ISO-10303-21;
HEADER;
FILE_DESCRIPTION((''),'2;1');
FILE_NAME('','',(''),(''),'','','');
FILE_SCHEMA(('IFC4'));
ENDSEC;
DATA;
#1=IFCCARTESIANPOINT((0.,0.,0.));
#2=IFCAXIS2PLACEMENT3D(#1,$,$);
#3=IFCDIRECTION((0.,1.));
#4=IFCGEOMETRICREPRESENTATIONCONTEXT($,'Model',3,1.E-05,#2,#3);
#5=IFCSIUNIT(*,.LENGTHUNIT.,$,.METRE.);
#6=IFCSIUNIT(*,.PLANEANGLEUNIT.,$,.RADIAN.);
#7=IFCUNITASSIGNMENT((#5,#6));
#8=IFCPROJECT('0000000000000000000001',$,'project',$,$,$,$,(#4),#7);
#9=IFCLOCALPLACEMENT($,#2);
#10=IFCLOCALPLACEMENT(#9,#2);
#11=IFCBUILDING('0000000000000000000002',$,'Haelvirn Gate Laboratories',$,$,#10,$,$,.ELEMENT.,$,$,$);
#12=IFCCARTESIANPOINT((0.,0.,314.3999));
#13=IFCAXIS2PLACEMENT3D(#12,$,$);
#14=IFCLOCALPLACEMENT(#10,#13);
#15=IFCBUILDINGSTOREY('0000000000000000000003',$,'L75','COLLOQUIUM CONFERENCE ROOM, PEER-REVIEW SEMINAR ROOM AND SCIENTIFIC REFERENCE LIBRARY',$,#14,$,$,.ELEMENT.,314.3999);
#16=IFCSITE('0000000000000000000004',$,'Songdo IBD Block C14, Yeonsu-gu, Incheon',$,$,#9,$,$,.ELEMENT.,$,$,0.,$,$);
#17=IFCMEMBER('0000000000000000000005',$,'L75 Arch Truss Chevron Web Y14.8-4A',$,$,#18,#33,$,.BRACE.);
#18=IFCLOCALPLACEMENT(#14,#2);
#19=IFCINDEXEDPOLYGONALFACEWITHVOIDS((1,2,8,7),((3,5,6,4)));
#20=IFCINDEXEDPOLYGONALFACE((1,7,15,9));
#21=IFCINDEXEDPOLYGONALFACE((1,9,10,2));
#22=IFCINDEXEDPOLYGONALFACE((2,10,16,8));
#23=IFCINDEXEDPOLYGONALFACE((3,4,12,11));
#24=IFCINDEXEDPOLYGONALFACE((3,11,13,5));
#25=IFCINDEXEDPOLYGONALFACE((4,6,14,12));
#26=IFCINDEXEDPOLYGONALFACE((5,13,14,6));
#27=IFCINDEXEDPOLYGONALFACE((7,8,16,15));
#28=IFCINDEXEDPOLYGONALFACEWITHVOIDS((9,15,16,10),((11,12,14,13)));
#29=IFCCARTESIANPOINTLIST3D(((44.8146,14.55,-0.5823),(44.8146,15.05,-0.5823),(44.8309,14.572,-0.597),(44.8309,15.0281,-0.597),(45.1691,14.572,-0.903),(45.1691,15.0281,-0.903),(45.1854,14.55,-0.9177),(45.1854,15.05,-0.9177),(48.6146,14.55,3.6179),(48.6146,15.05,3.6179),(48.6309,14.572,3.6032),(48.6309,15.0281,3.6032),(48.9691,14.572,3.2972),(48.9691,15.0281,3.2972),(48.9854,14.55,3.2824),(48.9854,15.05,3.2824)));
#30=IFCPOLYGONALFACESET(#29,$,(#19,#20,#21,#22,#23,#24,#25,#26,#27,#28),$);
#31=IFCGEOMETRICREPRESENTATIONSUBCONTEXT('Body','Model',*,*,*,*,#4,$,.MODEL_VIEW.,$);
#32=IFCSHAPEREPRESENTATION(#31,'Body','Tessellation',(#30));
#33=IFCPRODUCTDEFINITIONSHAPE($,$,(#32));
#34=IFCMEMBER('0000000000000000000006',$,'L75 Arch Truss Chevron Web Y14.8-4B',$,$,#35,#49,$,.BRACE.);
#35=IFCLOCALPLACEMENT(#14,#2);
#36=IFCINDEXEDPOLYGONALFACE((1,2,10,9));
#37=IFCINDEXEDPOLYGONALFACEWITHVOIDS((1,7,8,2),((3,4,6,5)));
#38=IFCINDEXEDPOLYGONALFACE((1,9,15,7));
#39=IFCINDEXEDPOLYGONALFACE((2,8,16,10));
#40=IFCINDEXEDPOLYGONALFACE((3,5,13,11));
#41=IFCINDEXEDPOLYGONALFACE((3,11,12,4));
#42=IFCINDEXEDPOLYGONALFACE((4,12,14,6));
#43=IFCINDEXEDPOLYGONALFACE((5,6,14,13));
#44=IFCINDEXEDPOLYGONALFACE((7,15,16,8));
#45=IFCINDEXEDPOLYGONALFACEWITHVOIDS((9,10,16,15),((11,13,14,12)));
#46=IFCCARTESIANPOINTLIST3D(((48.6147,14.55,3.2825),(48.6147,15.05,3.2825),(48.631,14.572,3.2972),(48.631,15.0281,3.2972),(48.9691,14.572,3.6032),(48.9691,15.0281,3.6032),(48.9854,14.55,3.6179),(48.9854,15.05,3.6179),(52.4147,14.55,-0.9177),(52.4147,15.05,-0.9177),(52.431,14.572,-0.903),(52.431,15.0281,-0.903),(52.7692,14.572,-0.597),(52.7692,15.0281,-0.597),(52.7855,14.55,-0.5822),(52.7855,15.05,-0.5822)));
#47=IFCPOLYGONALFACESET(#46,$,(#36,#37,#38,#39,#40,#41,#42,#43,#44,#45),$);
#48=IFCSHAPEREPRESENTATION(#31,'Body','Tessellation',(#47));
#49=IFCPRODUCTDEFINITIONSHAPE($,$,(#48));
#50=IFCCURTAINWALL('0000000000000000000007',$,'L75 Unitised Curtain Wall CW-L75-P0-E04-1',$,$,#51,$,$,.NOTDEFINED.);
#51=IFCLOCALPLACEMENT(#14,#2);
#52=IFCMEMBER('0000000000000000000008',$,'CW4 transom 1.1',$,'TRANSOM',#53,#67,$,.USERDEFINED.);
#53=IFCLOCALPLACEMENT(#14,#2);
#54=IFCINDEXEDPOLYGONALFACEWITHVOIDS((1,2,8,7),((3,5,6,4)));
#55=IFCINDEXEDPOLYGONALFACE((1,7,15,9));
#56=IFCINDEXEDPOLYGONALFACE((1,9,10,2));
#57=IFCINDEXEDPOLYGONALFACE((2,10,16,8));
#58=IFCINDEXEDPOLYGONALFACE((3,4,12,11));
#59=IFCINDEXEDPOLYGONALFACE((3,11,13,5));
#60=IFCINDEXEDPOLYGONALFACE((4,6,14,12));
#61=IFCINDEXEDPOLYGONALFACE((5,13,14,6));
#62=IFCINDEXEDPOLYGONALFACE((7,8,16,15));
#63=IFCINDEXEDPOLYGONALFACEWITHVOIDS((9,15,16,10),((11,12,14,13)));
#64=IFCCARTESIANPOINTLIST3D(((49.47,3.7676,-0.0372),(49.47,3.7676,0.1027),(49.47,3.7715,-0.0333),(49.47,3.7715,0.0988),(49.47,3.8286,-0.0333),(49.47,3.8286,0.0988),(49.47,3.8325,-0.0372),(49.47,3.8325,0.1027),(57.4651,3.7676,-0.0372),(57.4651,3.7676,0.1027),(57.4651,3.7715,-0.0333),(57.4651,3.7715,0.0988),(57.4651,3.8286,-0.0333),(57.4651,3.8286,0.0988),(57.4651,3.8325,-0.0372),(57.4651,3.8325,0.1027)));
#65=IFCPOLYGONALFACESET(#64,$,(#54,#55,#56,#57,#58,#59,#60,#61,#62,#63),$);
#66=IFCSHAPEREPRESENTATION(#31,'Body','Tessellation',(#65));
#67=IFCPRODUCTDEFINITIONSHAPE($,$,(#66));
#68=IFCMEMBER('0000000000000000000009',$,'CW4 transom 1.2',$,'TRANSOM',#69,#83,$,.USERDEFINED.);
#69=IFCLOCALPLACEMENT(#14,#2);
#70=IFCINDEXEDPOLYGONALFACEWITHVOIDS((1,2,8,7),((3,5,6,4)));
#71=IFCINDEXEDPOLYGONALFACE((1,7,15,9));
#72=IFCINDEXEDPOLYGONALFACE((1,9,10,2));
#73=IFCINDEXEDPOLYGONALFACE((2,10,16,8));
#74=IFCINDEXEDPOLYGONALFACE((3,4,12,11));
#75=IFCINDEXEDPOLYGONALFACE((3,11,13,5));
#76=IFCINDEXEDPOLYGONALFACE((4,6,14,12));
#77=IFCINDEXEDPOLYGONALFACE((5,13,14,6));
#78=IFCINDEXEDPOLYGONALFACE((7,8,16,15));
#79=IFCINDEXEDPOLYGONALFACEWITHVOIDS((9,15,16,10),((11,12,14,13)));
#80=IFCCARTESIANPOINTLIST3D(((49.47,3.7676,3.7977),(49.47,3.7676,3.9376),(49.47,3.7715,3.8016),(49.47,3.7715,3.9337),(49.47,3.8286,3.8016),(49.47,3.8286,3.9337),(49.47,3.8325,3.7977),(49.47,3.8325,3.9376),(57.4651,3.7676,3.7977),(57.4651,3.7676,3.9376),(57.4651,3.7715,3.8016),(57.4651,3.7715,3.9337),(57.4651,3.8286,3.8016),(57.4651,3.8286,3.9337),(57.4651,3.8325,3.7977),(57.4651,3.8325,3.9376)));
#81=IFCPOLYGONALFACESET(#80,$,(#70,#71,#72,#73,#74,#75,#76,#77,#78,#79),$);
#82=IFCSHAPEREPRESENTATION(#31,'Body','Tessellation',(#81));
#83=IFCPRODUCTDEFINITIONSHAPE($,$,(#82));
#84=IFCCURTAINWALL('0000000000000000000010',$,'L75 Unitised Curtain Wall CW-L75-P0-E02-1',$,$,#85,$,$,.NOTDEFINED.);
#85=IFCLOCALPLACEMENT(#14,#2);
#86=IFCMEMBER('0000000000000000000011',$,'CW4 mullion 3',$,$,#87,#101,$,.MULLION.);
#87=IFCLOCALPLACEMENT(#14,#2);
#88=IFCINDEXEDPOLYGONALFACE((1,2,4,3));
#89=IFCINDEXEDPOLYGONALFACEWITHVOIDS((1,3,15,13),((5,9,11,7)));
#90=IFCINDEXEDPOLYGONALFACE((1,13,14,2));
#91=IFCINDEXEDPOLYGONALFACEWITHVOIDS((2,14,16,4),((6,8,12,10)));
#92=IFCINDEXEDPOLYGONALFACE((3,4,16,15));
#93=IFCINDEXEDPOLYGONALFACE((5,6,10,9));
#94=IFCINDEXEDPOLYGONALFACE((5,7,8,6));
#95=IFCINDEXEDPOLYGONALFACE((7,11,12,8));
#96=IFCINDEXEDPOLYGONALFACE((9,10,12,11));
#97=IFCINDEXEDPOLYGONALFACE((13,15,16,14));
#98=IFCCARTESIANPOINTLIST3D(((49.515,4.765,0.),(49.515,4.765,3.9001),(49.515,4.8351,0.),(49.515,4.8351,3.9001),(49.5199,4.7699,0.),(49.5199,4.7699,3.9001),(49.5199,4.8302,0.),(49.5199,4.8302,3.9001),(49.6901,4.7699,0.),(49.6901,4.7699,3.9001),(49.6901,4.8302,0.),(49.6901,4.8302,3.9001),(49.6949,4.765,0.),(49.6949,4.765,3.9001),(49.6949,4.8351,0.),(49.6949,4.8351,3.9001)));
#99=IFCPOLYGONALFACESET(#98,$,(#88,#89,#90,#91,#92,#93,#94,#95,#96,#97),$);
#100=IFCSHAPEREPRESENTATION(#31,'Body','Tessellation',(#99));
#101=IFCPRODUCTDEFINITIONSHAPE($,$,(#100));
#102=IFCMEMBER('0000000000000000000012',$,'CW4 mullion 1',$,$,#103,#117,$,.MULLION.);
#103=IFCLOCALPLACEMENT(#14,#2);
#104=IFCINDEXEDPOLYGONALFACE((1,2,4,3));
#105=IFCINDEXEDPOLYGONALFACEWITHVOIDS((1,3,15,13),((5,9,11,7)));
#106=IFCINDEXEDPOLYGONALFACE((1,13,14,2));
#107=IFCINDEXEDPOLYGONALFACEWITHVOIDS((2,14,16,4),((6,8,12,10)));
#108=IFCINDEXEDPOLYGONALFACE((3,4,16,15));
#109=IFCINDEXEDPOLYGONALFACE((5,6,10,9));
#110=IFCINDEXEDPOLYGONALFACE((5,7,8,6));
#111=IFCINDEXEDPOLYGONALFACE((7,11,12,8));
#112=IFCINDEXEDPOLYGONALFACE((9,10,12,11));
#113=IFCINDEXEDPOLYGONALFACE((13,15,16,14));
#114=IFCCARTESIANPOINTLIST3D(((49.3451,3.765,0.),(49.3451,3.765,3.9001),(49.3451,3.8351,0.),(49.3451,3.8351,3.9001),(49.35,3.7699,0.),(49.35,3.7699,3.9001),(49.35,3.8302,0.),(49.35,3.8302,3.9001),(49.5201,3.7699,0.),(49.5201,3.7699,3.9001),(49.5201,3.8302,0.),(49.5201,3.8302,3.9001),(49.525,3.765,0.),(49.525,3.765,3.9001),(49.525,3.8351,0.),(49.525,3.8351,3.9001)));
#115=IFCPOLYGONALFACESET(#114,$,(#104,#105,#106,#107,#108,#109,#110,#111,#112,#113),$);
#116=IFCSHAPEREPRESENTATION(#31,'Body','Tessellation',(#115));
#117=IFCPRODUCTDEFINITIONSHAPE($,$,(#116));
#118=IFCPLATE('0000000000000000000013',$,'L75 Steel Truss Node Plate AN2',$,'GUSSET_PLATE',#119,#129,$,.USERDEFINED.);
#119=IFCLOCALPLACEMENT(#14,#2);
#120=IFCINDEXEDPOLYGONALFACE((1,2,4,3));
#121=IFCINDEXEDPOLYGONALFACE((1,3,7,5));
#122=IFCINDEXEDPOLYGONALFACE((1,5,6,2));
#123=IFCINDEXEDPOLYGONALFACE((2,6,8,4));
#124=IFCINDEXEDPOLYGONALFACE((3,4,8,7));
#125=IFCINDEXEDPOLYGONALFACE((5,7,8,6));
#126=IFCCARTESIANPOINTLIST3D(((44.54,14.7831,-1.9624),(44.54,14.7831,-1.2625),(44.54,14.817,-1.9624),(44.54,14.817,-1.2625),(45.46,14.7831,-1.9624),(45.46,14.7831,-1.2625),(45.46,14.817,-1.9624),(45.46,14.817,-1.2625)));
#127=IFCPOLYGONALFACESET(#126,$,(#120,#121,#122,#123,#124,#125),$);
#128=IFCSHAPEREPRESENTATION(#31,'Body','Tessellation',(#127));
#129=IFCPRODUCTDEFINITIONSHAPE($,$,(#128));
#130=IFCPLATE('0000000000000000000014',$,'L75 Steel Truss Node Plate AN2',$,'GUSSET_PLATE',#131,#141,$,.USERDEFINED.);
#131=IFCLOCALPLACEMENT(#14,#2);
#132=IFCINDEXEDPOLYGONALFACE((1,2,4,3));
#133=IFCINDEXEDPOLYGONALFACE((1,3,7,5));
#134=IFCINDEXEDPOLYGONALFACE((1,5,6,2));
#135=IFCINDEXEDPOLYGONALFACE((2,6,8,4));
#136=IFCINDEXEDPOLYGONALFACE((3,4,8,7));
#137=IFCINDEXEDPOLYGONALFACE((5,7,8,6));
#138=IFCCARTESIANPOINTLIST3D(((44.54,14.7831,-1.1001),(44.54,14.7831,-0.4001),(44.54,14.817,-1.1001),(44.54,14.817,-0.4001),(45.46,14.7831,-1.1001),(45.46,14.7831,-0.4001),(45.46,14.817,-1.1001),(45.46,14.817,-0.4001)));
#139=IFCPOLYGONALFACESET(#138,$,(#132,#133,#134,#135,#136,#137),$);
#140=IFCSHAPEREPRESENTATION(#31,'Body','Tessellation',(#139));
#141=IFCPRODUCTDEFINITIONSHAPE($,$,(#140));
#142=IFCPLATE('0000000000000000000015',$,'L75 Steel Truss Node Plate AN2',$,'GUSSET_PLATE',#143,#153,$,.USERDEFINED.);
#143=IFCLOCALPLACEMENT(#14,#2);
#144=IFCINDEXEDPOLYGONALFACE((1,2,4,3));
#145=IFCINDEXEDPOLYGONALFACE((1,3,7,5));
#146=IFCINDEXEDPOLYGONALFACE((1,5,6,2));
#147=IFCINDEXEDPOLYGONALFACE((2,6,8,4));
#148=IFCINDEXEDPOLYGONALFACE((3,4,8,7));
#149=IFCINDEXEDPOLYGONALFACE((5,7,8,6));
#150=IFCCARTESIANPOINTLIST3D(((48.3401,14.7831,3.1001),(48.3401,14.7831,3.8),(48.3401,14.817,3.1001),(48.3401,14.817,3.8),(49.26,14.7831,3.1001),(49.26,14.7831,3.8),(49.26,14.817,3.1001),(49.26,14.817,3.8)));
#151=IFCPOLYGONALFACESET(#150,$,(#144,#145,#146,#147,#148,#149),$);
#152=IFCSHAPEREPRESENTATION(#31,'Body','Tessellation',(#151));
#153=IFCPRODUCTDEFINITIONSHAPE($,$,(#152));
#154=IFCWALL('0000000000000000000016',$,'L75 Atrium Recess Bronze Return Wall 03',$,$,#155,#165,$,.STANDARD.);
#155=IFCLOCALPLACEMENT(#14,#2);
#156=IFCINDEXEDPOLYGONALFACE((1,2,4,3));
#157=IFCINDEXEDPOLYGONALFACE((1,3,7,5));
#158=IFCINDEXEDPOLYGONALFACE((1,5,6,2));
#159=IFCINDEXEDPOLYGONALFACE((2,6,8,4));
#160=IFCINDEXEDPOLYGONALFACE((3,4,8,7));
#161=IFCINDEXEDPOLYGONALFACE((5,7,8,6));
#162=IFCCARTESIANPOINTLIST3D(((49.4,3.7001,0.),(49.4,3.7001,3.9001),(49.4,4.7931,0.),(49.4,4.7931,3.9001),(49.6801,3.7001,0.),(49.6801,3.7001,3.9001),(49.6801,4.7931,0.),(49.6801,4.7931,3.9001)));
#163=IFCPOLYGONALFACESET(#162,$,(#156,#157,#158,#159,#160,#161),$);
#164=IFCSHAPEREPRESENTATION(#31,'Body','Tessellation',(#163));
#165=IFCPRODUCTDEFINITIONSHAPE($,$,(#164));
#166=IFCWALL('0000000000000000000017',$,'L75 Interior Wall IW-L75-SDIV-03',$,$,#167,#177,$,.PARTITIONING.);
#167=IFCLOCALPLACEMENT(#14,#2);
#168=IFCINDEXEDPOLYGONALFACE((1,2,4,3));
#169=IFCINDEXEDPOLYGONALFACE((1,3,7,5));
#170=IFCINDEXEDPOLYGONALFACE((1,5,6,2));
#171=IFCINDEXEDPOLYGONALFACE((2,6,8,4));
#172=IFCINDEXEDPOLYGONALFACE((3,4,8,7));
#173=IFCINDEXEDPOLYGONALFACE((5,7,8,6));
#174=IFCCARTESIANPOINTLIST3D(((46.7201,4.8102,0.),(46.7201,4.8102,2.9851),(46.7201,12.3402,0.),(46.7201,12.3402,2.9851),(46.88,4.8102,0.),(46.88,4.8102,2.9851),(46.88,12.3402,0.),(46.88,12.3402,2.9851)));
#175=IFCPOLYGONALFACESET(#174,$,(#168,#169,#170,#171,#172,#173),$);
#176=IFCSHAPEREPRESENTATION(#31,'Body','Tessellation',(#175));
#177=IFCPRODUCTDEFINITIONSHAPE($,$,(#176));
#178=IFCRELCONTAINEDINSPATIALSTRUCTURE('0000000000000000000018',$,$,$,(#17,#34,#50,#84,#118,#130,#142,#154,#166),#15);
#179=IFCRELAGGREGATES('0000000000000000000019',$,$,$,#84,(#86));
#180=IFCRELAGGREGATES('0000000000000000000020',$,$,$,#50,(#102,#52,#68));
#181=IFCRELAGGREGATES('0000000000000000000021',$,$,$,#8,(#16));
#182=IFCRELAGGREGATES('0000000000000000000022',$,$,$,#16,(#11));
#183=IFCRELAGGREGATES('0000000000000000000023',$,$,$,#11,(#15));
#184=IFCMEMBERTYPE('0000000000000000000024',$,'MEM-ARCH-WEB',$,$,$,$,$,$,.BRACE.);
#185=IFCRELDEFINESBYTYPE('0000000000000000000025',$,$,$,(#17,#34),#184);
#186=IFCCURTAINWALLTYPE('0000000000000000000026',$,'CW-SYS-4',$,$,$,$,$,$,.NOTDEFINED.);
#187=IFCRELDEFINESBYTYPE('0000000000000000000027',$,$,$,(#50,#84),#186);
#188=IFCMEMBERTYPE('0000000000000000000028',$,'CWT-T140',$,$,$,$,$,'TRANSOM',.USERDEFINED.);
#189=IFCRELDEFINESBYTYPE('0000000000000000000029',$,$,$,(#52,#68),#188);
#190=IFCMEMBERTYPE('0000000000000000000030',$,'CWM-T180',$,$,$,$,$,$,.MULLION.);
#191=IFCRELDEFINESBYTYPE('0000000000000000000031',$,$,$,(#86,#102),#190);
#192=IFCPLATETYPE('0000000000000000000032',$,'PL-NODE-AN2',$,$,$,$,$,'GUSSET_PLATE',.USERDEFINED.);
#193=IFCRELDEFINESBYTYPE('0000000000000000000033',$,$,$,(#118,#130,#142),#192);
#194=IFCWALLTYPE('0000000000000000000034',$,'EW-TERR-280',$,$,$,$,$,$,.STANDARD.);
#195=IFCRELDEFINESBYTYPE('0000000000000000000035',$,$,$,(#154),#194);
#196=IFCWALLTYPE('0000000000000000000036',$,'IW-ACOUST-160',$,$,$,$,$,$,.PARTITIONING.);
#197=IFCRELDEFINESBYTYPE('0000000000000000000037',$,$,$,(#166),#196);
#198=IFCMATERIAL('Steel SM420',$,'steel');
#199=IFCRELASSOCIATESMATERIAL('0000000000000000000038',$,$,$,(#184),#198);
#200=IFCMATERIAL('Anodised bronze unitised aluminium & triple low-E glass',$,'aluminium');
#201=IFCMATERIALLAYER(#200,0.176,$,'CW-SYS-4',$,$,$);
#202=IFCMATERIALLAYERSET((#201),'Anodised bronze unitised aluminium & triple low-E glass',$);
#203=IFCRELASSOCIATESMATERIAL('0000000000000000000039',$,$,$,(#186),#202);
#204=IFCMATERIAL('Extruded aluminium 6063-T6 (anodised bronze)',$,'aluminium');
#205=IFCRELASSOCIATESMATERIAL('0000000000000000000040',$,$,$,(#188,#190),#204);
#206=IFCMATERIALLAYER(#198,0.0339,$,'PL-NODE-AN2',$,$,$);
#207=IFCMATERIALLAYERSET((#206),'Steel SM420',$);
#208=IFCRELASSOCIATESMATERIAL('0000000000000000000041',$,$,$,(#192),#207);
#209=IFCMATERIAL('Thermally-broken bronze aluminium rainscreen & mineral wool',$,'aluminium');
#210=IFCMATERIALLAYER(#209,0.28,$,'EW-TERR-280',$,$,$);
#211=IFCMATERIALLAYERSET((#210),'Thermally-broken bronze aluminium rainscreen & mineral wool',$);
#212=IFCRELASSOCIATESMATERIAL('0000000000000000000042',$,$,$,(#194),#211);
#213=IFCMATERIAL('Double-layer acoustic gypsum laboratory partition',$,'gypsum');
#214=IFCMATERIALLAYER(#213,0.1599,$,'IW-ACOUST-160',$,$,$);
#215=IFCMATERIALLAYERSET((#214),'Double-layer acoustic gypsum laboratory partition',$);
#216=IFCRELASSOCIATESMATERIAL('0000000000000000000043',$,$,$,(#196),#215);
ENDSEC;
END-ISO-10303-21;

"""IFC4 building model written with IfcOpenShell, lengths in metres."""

from ifc_helpers import new_model, si_unit, direction, frame, frame_2d, origin, origin_2d, place, context, subcontext, project, spatial, rectangle, hollow_rectangle, extrude, source, transform, mapped, material, layer, layer_set, material_profile, profile_set, type_object, type_shapes, element, aggregate, save


model = new_model("IFC4")

# Units and contexts
model_context = context("Model", 3, precision=1e-05, world=origin(), true_north=direction((0.0, 1.0)))
body_context = subcontext(model_context, "Body", "Model", "MODEL_VIEW")
ifc_project = project(units=[si_unit("LENGTHUNIT", "METRE"), si_unit("PLANEANGLEUNIT", "RADIAN")], contexts=[model_context])

# Site, building, storey
site_placement = place(None, origin())
site = spatial("IfcSite", under=ifc_project, at=site_placement, Name="Songdo IBD Block C14, Yeonsu-gu, Incheon", CompositionType="ELEMENT", RefElevation=0.0)
building_placement = place(site_placement, origin())
building = spatial("IfcBuilding", under=site, at=building_placement, Name="Haelvirn Gate Laboratories", CompositionType="ELEMENT")
storey_placement = place(building_placement, frame((0.0, 0.0, 314.3999)))
storey = spatial("IfcBuildingStorey", under=building, at=storey_placement, Name="L75", Description="COLLOQUIUM CONFERENCE ROOM, PEER-REVIEW SEMINAR ROOM AND SCIENTIFIC REFERENCE LIBRARY", CompositionType="ELEMENT", Elevation=314.3999)

# Shared definitions
ifc_material_1 = material(Name="Steel SM420", Category="steel")

# Members
ifc_material_profile_1 = material_profile(ifc_material_1, hollow_rectangle(XDim=0.5, YDim=0.5, WallThickness=0.022, at=origin_2d()), Name="BOX-500x500x22")
ifc_profile_set_1 = profile_set([ifc_material_profile_1], Name="Steel SM420")
member_type_1 = type_object("IfcMemberType", Name="MEM-ARCH-WEB", PredefinedType="BRACE", material=ifc_profile_set_1)
shared_shape_1 = source(origin(), body_context, "Body", "SweptSolid", [
    extrude(hollow_rectangle(XDim=0.5, YDim=0.5, WallThickness=0.022, at=origin_2d()), origin(), (0.0, 0.0, 1.0), 5.6641),
])
type_shapes(member_type_1, [shared_shape_1])
for number, where, z_axis, x_axis, name in (
    (1, (45.0, 14.8, -0.75), (0.670901, 0.0, 0.741547), (0.0, 1.0, 0.0), "L75 Arch Truss Chevron Web Y14.8-4A"),
    (2, (48.8, 14.8, 3.4502), (0.670901, 0.0, -0.741547), (0.0, 1.0, 0.0), "L75 Arch Truss Chevron Web Y14.8-4B"),
):
    element("IfcMember", number, at=place(storey_placement, frame(where, z_axis=z_axis, x_axis=x_axis)), inside=storey, type_object=member_type_1, Name=name, PredefinedType="BRACE", context=body_context, shape_type="MappedRepresentation", body=[
        mapped(shared_shape_1, transform((0.0, 0.0, 0.0), scale=1.0)),
    ])

# Curtain wall, members
ifc_material_2 = material(Name="Anodised bronze unitised aluminium & triple low-E glass", Category="aluminium")
ifc_layer_1 = layer(ifc_material_2, 0.176, Name="CW-SYS-4")
ifc_layer_set_1 = layer_set([ifc_layer_1], Name="Anodised bronze unitised aluminium & triple low-E glass")
curtain_wall_type = type_object("IfcCurtainWallType", Name="CW-SYS-4", PredefinedType="NOTDEFINED", material=ifc_layer_set_1)
curtain_wall_1_placement = place(storey_placement, origin())
curtain_wall_1 = element("IfcCurtainWall", 3, at=curtain_wall_1_placement, inside=storey, type_object=curtain_wall_type, Name="L75 Unitised Curtain Wall CW-L75-P0-E04-1", PredefinedType="NOTDEFINED")
ifc_material_3 = material(Name="Extruded aluminium 6063-T6 (anodised bronze)", Category="aluminium")
ifc_material_profile_2 = material_profile(ifc_material_3, hollow_rectangle(XDim=0.0649, YDim=0.1399, WallThickness=0.0039, at=origin_2d()), Name="CWT-140x65x4")
ifc_profile_set_2 = profile_set([ifc_material_profile_2], Name="Extruded aluminium 6063-T6 (anodised bronze)")
member_type_2 = type_object("IfcMemberType", Name="CWT-T140", ElementType="TRANSOM", PredefinedType="USERDEFINED", material=ifc_profile_set_2)
shared_shape_2 = source(origin(), body_context, "Body", "SweptSolid", [
    extrude(hollow_rectangle(XDim=0.0649, YDim=0.1399, WallThickness=0.0039, at=origin_2d()), origin(), (0.0, 0.0, 1.0), 7.9951),
])
type_shapes(member_type_2, [shared_shape_2])
member_1_placement = place(storey_placement, frame((49.47, 3.8, 0.0327), z_axis=(1.0, 0.0, 0.0), x_axis=(0.0, 1.0, 0.0)))
member_1 = element("IfcMember", 4, at=member_1_placement, type_object=member_type_2, Name="CW4 transom 1.1", ObjectType="TRANSOM", PredefinedType="USERDEFINED", context=body_context, shape_type="MappedRepresentation", body=[
    mapped(shared_shape_2, transform((0.0, 0.0, 0.0), scale=1.0)),
])
member_2_placement = place(storey_placement, frame((49.47, 3.8, 3.8677), z_axis=(1.0, 0.0, 0.0), x_axis=(0.0, 1.0, 0.0)))
member_2 = element("IfcMember", 5, at=member_2_placement, type_object=member_type_2, Name="CW4 transom 1.2", ObjectType="TRANSOM", PredefinedType="USERDEFINED", context=body_context, shape_type="MappedRepresentation", body=[
    mapped(shared_shape_2, transform((0.0, 0.0, 0.0), scale=1.0)),
])

# Curtain wall, member
curtain_wall_2_placement = place(storey_placement, origin())
curtain_wall_2 = element("IfcCurtainWall", 6, at=curtain_wall_2_placement, inside=storey, type_object=curtain_wall_type, Name="L75 Unitised Curtain Wall CW-L75-P0-E02-1", PredefinedType="NOTDEFINED")
ifc_material_profile_3 = material_profile(ifc_material_3, hollow_rectangle(XDim=0.0701, YDim=0.1799, WallThickness=0.0049, at=origin_2d()), Name="CWM-180x70x5")
ifc_profile_set_3 = profile_set([ifc_material_profile_3], Name="Extruded aluminium 6063-T6 (anodised bronze)")
member_type_3 = type_object("IfcMemberType", Name="CWM-T180", PredefinedType="MULLION", material=ifc_profile_set_3)
shared_shape_3 = source(origin(), body_context, "Body", "SweptSolid", [
    extrude(hollow_rectangle(XDim=0.0701, YDim=0.1799, WallThickness=0.0049, at=origin_2d()), origin(), (0.0, 0.0, 1.0), 3.9001),
])
type_shapes(member_type_3, [shared_shape_3])
member_3_placement = place(storey_placement, frame((49.605, 4.8, 0.0), z_axis=(0.0, 0.0, 1.0), x_axis=(0.0, 1.0, 0.0)))
member_3 = element("IfcMember", 7, at=member_3_placement, type_object=member_type_3, Name="CW4 mullion 3", PredefinedType="MULLION", context=body_context, shape_type="MappedRepresentation", body=[
    mapped(shared_shape_3, transform((0.0, 0.0, 0.0), scale=1.0)),
])
aggregate(curtain_wall_2, [member_3])

# Member
member_4_placement = place(storey_placement, frame((49.4351, 3.8, 0.0), z_axis=(0.0, 0.0, 1.0), x_axis=(0.0, 1.0, 0.0)))
member_4 = element("IfcMember", 8, at=member_4_placement, type_object=member_type_3, Name="CW4 mullion 1", PredefinedType="MULLION", context=body_context, shape_type="MappedRepresentation", body=[
    mapped(shared_shape_3, transform((0.0, 0.0, 0.0), scale=1.0)),
])
aggregate(curtain_wall_1, [member_4, member_1, member_2])

# Plates
ifc_layer_2 = layer(ifc_material_1, 0.0339, Name="PL-NODE-AN2")
ifc_layer_set_2 = layer_set([ifc_layer_2], Name="Steel SM420")
plate_type = type_object("IfcPlateType", Name="PL-NODE-AN2", ElementType="GUSSET_PLATE", PredefinedType="USERDEFINED", material=ifc_layer_set_2)
shared_shape_4 = source(origin(), body_context, "Body", "SweptSolid", [
    extrude(rectangle(XDim=0.9199, YDim=0.0339, at=origin_2d()), origin(), (0.0, 0.0, 1.0), 0.7),
])
type_shapes(plate_type, [shared_shape_4])
for number, where, z_axis, x_axis, name in (
    (9, (45.0, 14.8, -1.9624), (0.0, 0.0, 1.0), (1.0, 0.0, 0.0), "L75 Steel Truss Node Plate AN2"),
    (10, (45.0, 14.8, -1.1001), (0.0, 0.0, 1.0), (1.0, 0.0, 0.0), "L75 Steel Truss Node Plate AN2"),
    (11, (48.8, 14.8, 3.1001), (0.0, 0.0, 1.0), (1.0, 0.0, 0.0), "L75 Steel Truss Node Plate AN2"),
):
    element("IfcPlate", number, at=place(storey_placement, frame(where, z_axis=z_axis, x_axis=x_axis)), inside=storey, type_object=plate_type, Name=name, ObjectType="GUSSET_PLATE", PredefinedType="USERDEFINED", context=body_context, shape_type="MappedRepresentation", body=[
        mapped(shared_shape_4, transform((0.0, 0.0, 0.0), scale=1.0)),
    ])

# Walls
ifc_material_4 = material(Name="Thermally-broken bronze aluminium rainscreen & mineral wool", Category="aluminium")
ifc_layer_3 = layer(ifc_material_4, 0.28, Name="EW-TERR-280")
ifc_layer_set_3 = layer_set([ifc_layer_3], Name="Thermally-broken bronze aluminium rainscreen & mineral wool")
wall_type_1 = type_object("IfcWallType", Name="EW-TERR-280", PredefinedType="STANDARD", material=ifc_layer_set_3)
wall_1_placement = place(storey_placement, frame((49.54, 4.793, 0.0), z_axis=(0.0, 0.0, 1.0), x_axis=(0.0, -1.0, 0.0)))
element("IfcWall", 12, at=wall_1_placement, inside=storey, type_object=wall_type_1, Name="L75 Atrium Recess Bronze Return Wall 03", PredefinedType="STANDARD", context=body_context, shape_type="SweptSolid", body=[
    extrude(rectangle(XDim=1.093, YDim=0.28, at=frame_2d((0.5464, 0.0))), origin(), (0.0, 0.0, 1.0), 3.9001),
])
ifc_material_5 = material(Name="Double-layer acoustic gypsum laboratory partition", Category="gypsum")
ifc_layer_4 = layer(ifc_material_5, 0.1599, Name="IW-ACOUST-160")
ifc_layer_set_4 = layer_set([ifc_layer_4], Name="Double-layer acoustic gypsum laboratory partition")
wall_type_2 = type_object("IfcWallType", Name="IW-ACOUST-160", PredefinedType="PARTITIONING", material=ifc_layer_set_4)
wall_2_placement = place(storey_placement, frame((46.8, 4.8101, 0.0), z_axis=(0.0, 0.0, 1.0), x_axis=(0.0, 1.0, 0.0)))
element("IfcWall", 13, at=wall_2_placement, inside=storey, type_object=wall_type_2, Name="L75 Interior Wall IW-L75-SDIV-03", PredefinedType="PARTITIONING", context=body_context, shape_type="SweptSolid", body=[
    extrude(rectangle(XDim=7.53, YDim=0.1599, at=frame_2d((3.7651, 0.0))), origin(), (0.0, 0.0, 1.0), 2.9851),
])

save(model, "model.ifc")
